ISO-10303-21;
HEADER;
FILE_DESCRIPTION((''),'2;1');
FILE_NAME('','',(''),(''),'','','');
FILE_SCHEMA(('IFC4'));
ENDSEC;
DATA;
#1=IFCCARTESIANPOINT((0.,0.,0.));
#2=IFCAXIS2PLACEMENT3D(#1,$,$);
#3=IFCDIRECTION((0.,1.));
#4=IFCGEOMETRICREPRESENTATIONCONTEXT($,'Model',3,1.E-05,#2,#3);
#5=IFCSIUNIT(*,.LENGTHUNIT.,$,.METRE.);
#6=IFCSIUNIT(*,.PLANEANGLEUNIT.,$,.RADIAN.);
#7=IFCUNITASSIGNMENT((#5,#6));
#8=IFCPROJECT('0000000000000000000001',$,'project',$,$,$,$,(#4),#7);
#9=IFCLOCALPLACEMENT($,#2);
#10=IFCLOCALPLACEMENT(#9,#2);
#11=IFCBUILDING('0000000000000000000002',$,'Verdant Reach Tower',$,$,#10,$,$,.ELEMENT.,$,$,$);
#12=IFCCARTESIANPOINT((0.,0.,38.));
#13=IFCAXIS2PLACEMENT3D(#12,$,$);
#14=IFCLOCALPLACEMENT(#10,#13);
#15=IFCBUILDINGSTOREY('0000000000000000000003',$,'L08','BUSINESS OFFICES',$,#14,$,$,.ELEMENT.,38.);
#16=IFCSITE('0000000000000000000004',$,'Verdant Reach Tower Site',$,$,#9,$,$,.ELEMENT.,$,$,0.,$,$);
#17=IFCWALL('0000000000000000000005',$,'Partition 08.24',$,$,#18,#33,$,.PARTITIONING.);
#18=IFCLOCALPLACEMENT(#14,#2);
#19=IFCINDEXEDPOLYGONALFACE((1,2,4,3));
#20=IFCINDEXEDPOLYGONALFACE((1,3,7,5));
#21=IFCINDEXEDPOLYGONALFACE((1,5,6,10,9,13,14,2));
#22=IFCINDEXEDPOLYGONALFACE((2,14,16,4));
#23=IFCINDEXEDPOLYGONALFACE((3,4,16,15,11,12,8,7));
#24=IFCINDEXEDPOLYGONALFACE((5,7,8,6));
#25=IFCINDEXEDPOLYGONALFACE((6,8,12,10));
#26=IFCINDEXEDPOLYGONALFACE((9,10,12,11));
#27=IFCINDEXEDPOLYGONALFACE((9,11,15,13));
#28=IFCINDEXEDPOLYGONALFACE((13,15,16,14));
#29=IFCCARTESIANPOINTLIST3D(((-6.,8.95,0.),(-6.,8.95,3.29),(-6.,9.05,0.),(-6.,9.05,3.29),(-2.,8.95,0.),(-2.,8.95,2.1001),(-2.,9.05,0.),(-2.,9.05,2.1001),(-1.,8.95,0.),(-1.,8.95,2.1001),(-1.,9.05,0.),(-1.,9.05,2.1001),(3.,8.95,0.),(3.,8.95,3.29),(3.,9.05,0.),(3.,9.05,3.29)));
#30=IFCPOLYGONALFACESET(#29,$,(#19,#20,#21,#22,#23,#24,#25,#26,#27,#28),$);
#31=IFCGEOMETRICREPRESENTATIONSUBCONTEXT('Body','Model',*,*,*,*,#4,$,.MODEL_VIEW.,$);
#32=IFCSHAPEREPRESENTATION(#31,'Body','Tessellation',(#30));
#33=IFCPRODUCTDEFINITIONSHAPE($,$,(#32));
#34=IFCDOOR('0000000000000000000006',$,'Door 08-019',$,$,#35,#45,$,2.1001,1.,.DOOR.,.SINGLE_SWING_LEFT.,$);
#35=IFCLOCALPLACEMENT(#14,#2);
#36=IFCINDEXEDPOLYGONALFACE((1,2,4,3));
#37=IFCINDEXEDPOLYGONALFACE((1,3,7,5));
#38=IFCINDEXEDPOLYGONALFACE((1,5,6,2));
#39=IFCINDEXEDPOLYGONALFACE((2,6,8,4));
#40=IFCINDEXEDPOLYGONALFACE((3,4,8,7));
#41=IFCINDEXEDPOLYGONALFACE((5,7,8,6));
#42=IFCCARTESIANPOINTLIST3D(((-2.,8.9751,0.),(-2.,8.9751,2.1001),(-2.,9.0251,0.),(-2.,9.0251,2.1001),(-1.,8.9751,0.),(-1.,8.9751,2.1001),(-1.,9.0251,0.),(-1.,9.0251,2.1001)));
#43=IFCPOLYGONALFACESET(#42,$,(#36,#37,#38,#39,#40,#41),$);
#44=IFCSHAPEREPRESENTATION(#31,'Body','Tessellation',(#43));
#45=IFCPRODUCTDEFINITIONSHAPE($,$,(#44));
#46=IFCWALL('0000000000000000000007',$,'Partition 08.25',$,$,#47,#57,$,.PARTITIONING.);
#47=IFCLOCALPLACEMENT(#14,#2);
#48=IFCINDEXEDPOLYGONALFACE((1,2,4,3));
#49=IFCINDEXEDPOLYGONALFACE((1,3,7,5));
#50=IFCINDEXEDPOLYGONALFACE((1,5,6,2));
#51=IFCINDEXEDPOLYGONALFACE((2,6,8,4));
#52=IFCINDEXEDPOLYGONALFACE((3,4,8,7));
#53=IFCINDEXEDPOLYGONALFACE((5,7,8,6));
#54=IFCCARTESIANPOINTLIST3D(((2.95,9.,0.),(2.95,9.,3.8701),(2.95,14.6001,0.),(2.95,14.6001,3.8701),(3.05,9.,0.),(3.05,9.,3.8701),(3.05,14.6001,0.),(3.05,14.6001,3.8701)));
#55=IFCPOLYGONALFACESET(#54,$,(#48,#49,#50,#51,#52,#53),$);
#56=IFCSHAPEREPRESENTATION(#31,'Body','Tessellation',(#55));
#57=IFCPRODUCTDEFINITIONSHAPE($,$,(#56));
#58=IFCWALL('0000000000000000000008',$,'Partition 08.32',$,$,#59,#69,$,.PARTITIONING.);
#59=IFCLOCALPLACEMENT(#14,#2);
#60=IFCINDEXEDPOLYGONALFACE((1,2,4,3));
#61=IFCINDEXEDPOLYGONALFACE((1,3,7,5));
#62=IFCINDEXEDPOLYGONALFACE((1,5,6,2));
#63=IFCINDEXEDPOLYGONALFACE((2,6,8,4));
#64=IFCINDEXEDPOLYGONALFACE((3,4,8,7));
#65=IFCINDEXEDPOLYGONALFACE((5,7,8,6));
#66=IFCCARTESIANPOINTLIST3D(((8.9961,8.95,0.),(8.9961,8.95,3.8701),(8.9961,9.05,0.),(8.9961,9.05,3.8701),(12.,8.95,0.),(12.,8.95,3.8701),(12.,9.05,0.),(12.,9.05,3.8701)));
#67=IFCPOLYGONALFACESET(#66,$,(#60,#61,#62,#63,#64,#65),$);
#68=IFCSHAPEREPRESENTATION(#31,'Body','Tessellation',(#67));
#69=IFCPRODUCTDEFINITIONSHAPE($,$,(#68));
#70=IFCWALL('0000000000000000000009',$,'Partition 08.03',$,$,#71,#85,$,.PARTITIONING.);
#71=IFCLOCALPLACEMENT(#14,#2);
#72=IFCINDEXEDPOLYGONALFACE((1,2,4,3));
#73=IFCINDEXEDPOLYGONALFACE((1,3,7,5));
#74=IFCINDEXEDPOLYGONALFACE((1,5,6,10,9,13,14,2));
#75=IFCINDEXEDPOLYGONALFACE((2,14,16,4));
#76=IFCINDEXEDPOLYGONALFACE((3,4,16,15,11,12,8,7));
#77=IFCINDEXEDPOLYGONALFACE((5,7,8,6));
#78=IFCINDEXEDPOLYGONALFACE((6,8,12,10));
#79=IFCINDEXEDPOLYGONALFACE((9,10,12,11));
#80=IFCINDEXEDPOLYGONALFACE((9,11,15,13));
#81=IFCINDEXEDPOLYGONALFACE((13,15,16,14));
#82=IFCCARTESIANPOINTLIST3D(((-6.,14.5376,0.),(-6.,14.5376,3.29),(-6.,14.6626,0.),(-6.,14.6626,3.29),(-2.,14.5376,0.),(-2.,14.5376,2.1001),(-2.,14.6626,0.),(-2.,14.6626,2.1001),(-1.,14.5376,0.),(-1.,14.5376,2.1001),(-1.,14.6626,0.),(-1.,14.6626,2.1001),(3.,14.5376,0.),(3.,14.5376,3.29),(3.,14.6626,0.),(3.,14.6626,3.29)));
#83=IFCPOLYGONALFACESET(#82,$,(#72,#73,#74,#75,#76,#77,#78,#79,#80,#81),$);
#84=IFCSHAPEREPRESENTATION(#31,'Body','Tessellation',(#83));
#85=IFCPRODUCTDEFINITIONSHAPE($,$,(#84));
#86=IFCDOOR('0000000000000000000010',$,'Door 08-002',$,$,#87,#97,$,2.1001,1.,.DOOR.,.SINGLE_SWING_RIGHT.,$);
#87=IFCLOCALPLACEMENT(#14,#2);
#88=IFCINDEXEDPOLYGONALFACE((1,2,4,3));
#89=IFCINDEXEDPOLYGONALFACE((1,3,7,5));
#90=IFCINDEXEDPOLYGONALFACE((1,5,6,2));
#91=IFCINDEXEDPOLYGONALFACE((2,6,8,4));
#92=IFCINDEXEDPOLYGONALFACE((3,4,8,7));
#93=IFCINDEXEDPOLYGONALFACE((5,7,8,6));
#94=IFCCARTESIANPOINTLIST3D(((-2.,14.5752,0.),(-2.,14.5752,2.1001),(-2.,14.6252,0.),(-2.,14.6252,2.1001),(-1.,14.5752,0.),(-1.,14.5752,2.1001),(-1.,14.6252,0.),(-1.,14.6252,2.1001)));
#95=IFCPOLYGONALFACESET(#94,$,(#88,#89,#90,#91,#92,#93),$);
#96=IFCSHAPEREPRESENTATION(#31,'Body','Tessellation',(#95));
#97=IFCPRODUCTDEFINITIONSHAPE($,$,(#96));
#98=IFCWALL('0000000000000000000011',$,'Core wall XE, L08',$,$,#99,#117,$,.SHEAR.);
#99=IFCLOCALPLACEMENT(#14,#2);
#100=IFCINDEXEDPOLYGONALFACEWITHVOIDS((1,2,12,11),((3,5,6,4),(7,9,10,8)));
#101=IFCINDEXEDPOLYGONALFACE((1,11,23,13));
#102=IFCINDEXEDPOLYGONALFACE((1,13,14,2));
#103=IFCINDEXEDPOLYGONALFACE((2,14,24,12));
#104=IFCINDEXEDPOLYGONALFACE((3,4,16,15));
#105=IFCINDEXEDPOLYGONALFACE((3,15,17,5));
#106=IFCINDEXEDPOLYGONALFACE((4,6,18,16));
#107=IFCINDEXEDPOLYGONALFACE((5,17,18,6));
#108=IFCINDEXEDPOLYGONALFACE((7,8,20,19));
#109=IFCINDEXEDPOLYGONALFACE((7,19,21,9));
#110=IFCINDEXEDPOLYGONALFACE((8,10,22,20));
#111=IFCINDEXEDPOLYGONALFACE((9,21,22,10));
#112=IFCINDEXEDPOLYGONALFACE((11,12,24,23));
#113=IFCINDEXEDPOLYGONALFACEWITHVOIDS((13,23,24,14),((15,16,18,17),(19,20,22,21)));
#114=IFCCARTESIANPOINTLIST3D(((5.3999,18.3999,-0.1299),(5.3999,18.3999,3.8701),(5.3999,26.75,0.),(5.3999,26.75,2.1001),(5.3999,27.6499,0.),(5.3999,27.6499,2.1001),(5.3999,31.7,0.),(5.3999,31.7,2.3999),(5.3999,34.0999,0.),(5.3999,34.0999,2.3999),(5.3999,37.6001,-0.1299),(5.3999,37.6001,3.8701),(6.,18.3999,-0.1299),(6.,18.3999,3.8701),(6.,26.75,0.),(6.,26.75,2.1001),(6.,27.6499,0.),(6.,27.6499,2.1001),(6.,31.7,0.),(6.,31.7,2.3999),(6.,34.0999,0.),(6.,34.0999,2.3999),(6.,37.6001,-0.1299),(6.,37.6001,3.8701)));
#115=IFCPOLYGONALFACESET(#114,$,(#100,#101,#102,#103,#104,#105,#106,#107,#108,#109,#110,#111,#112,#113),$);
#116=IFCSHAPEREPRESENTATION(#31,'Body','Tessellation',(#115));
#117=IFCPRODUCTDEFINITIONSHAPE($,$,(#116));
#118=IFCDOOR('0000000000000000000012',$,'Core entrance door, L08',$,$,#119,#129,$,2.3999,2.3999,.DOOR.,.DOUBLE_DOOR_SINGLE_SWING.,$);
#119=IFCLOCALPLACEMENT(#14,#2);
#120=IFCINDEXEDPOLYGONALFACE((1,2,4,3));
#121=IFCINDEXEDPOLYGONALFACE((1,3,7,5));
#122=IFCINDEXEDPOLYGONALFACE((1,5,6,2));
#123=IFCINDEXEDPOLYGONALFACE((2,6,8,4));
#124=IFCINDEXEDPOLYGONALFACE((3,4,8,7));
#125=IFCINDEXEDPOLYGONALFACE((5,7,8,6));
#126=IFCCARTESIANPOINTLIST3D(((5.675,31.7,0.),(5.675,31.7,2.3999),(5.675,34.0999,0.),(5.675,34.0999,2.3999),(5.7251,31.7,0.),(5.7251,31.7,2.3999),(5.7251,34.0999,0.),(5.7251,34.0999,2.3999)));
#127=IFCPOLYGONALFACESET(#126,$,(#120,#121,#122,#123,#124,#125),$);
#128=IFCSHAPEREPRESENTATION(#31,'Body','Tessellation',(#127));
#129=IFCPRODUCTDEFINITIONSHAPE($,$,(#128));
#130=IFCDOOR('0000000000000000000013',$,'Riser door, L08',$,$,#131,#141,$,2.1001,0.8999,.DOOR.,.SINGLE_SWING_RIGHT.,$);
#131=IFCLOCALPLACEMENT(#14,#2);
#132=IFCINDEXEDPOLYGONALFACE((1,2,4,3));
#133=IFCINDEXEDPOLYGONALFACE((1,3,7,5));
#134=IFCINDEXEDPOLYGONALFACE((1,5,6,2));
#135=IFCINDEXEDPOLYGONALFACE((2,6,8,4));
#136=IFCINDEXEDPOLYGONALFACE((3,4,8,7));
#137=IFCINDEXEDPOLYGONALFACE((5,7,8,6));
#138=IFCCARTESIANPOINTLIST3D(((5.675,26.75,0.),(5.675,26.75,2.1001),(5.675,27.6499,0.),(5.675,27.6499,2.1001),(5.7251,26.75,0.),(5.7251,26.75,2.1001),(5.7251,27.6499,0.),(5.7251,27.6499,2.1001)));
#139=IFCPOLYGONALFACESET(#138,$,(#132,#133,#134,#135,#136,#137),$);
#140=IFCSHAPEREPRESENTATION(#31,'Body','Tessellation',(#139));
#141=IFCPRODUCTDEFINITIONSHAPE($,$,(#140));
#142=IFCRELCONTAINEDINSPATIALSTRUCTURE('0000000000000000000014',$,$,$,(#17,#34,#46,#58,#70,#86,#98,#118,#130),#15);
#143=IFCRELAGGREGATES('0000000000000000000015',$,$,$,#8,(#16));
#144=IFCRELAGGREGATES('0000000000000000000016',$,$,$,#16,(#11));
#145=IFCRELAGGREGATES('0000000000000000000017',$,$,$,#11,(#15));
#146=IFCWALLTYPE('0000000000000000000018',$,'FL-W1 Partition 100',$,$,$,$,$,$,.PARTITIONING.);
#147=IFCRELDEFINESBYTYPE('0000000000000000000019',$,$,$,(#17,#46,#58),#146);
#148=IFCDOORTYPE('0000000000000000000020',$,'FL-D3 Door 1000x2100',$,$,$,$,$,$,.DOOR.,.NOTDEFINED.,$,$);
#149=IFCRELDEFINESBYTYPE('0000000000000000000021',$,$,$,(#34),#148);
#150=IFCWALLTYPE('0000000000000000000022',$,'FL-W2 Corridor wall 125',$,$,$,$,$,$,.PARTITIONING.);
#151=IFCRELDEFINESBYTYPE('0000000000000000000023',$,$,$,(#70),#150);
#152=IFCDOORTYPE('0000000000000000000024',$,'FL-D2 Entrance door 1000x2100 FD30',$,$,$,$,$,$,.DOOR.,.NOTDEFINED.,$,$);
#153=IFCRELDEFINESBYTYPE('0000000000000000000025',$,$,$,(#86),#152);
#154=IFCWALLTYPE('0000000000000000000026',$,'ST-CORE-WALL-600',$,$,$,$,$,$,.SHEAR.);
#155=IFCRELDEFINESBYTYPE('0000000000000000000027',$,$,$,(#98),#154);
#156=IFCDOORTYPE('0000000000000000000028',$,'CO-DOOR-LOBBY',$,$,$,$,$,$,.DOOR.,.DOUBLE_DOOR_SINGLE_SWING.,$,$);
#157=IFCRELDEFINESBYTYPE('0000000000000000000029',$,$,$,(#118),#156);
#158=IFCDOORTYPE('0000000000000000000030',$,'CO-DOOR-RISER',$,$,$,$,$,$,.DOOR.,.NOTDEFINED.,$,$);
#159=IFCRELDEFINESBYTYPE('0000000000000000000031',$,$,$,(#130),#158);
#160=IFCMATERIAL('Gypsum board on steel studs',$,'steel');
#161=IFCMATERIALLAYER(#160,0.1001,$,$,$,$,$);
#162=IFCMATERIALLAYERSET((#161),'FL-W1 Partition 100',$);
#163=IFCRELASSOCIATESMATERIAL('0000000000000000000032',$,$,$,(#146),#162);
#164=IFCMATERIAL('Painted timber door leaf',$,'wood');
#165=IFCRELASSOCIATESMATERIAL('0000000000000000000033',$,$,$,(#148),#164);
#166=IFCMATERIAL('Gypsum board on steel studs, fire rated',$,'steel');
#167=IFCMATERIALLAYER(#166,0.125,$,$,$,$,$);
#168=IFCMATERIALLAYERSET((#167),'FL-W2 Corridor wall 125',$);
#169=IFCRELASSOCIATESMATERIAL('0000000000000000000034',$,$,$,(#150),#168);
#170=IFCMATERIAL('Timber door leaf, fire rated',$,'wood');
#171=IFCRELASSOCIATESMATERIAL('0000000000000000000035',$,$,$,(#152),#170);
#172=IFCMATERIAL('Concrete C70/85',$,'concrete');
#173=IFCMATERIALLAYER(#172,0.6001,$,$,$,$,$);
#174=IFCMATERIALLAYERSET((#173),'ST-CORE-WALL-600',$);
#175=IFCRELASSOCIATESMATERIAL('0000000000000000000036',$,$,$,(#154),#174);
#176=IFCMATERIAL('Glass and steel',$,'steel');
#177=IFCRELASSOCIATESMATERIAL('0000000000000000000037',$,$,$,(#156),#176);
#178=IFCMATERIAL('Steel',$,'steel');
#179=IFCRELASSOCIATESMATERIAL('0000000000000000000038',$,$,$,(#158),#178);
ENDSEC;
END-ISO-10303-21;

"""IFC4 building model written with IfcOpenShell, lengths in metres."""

from ifc_helpers import new_model, si_unit, direction, frame, frame_2d, origin, place, context, subcontext, project, spatial, rectangle, extrude, material, layer, layer_set, type_object, element, fill, save


model = new_model("IFC4")

# Units and contexts
model_context = context("Model", 3, precision=1e-05, world=origin(), true_north=direction((0.0, 1.0)))
body_context = subcontext(model_context, "Body", "Model", "MODEL_VIEW")
ifc_project = project(units=[si_unit("LENGTHUNIT", "METRE"), si_unit("PLANEANGLEUNIT", "RADIAN")], contexts=[model_context])

# Site, building, storey
site_placement = place(None, origin())
site = spatial("IfcSite", under=ifc_project, at=site_placement, Name="Verdant Reach Tower Site", CompositionType="ELEMENT", RefElevation=0.0)
building_placement = place(site_placement, origin())
building = spatial("IfcBuilding", under=site, at=building_placement, Name="Verdant Reach Tower", CompositionType="ELEMENT")
storey_placement = place(building_placement, frame((0.0, 0.0, 38.0)))
storey = spatial("IfcBuildingStorey", under=building, at=storey_placement, Name="L08", Description="BUSINESS OFFICES", CompositionType="ELEMENT", Elevation=38.0)

# Shared definitions
ifc_material_1 = material(Name="Gypsum board on steel studs", Category="steel")

# Wall, opening, door
ifc_layer_1 = layer(ifc_material_1, 0.1001)
ifc_layer_set_1 = layer_set([ifc_layer_1], Name="FL-W1 Partition 100")
wall_type_1 = type_object("IfcWallType", Name="FL-W1 Partition 100", PredefinedType="PARTITIONING", material=ifc_layer_set_1)
wall_1_placement = place(storey_placement, frame((3.0, 9.0, 0.0), z_axis=(0.0, 0.0, 1.0), x_axis=(-1.0, 0.0, 0.0)))
wall_1 = element("IfcWall", 1, at=wall_1_placement, inside=storey, type_object=wall_type_1, Name="Partition 08.24", PredefinedType="PARTITIONING", context=body_context, shape_type="SweptSolid", body=[
    extrude(rectangle(XDim=9.0, YDim=0.1001, at=frame_2d((4.5, 0.0))), origin(), (0.0, 0.0, 1.0), 3.29),
])
opening_1_placement = place(wall_1_placement, frame((4.0, 0.0, 0.0)))
opening_1 = element("IfcOpeningElement", 2, at=opening_1_placement, cuts=wall_1, PredefinedType="OPENING", context=body_context, shape_type="SweptSolid", body=[
    extrude(rectangle(XDim=1.0, YDim=2.1001, at=frame_2d((0.5, 1.05))), frame((0.0, 0.0601, 0.0), z_axis=(0.0, -1.0, 0.0), x_axis=(1.0, 0.0, 0.0)), (0.0, 0.0, 1.0), 0.1201),
])
ifc_material_2 = material(Name="Painted timber door leaf", Category="wood")
door_type_1 = type_object("IfcDoorType", Name="FL-D3 Door 1000x2100", OperationType="NOTDEFINED", PredefinedType="DOOR", material=ifc_material_2)
door_1_placement = place(opening_1_placement, origin())
door_1 = element("IfcDoor", 3, at=door_1_placement, inside=storey, type_object=door_type_1, Name="Door 08-019", OperationType="SINGLE_SWING_LEFT", OverallHeight=2.1001, OverallWidth=1.0, PredefinedType="DOOR", context=body_context, shape_type="SweptSolid", body=[
    extrude(rectangle(XDim=1.0, YDim=2.1001, at=frame_2d((0.5, 1.05))), frame((0.0, 0.0249, 0.0), z_axis=(0.0, -1.0, 0.0), x_axis=(1.0, 0.0, 0.0)), (0.0, 0.0, 1.0), 0.05),
])
fill(opening_1, door_1)

# Walls
wall_2_placement = place(storey_placement, frame((3.0, 9.0, 0.0), z_axis=(0.0, 0.0, 1.0), x_axis=(0.0, 1.0, 0.0)))
element("IfcWall", 4, at=wall_2_placement, inside=storey, type_object=wall_type_1, Name="Partition 08.25", PredefinedType="PARTITIONING", context=body_context, shape_type="SweptSolid", body=[
    extrude(rectangle(XDim=5.6001, YDim=0.1001, at=frame_2d((2.8, 0.0))), origin(), (0.0, 0.0, 1.0), 3.8701),
])
wall_3_placement = place(storey_placement, frame((8.9961, 9.0, 0.0), z_axis=(0.0, 0.0, 1.0), x_axis=(1.0, 0.0, 0.0)))
element("IfcWall", 5, at=wall_3_placement, inside=storey, type_object=wall_type_1, Name="Partition 08.32", PredefinedType="PARTITIONING", context=body_context, shape_type="SweptSolid", body=[
    extrude(rectangle(XDim=3.0039, YDim=0.1001, at=frame_2d((1.502, 0.0))), origin(), (0.0, 0.0, 1.0), 3.8701),
])

# Wall, opening, door
ifc_material_3 = material(Name="Gypsum board on steel studs, fire rated", Category="steel")
ifc_layer_2 = layer(ifc_material_3, 0.125)
ifc_layer_set_2 = layer_set([ifc_layer_2], Name="FL-W2 Corridor wall 125")
wall_type_2 = type_object("IfcWallType", Name="FL-W2 Corridor wall 125", PredefinedType="PARTITIONING", material=ifc_layer_set_2)
wall_4_placement = place(storey_placement, frame((3.0, 14.6001, 0.0), z_axis=(0.0, 0.0, 1.0), x_axis=(-1.0, 0.0, 0.0)))
wall_4 = element("IfcWall", 6, at=wall_4_placement, inside=storey, type_object=wall_type_2, Name="Partition 08.03", PredefinedType="PARTITIONING", context=body_context, shape_type="SweptSolid", body=[
    extrude(rectangle(XDim=9.0, YDim=0.125, at=frame_2d((4.5, 0.0))), origin(), (0.0, 0.0, 1.0), 3.29),
])
opening_2_placement = place(wall_4_placement, frame((4.0, 0.0, 0.0)))
opening_2 = element("IfcOpeningElement", 7, at=opening_2_placement, cuts=wall_4, PredefinedType="OPENING", context=body_context, shape_type="SweptSolid", body=[
    extrude(rectangle(XDim=1.0, YDim=2.1001, at=frame_2d((0.5, 1.05))), frame((0.0, 0.0725, 0.0), z_axis=(0.0, -1.0, 0.0), x_axis=(1.0, 0.0, 0.0)), (0.0, 0.0, 1.0), 0.145),
])
ifc_material_4 = material(Name="Timber door leaf, fire rated", Category="wood")
door_type_2 = type_object("IfcDoorType", Name="FL-D2 Entrance door 1000x2100 FD30", OperationType="NOTDEFINED", PredefinedType="DOOR", material=ifc_material_4)
door_2_placement = place(opening_2_placement, origin())
door_2 = element("IfcDoor", 8, at=door_2_placement, inside=storey, type_object=door_type_2, Name="Door 08-002", OperationType="SINGLE_SWING_RIGHT", OverallHeight=2.1001, OverallWidth=1.0, PredefinedType="DOOR", context=body_context, shape_type="SweptSolid", body=[
    extrude(rectangle(XDim=1.0, YDim=2.1001, at=frame_2d((0.5, 1.05))), frame((0.0, 0.0249, 0.0), z_axis=(0.0, -1.0, 0.0), x_axis=(1.0, 0.0, 0.0)), (0.0, 0.0, 1.0), 0.05),
])
fill(opening_2, door_2)

# Wall, openings, doors
ifc_material_5 = material(Name="Concrete C70/85", Category="concrete")
ifc_layer_3 = layer(ifc_material_5, 0.6001)
ifc_layer_set_3 = layer_set([ifc_layer_3], Name="ST-CORE-WALL-600")
wall_type_3 = type_object("IfcWallType", Name="ST-CORE-WALL-600", PredefinedType="SHEAR", material=ifc_layer_set_3)
wall_5_placement = place(storey_placement, frame((5.7, 18.3999, -0.1299), z_axis=(0.0, 0.0, 1.0), x_axis=(0.0, 1.0, 0.0)))
wall_5 = element("IfcWall", 9, at=wall_5_placement, inside=storey, type_object=wall_type_3, Name="Core wall XE, L08", PredefinedType="SHEAR", context=body_context, shape_type="SweptSolid", body=[
    extrude(rectangle(XDim=19.2002, YDim=0.6001, at=frame_2d((9.6001, 0.0))), origin(), (0.0, 0.0, 1.0), 4.0),
])
opening_3_placement = place(wall_5_placement, frame((8.3501, 0.0, 0.1299)))
opening_3 = element("IfcOpeningElement", 10, at=opening_3_placement, cuts=wall_5, PredefinedType="OPENING", context=body_context, shape_type="SweptSolid", body=[
    extrude(rectangle(XDim=0.8999, YDim=2.1001, at=frame_2d((0.45, 1.05))), frame((0.0, 0.3101, 0.0), z_axis=(0.0, -1.0, 0.0), x_axis=(1.0, 0.0, 0.0)), (0.0, 0.0, 1.0), 0.6201),
])
opening_4_placement = place(wall_5_placement, frame((13.3, 0.0, 0.1299)))
opening_4 = element("IfcOpeningElement", 11, at=opening_4_placement, cuts=wall_5, PredefinedType="OPENING", context=body_context, shape_type="SweptSolid", body=[
    extrude(rectangle(XDim=2.3999, YDim=2.3999, at=frame_2d((1.2, 1.2))), frame((0.0, 0.3101, 0.0), z_axis=(0.0, -1.0, 0.0), x_axis=(1.0, 0.0, 0.0)), (0.0, 0.0, 1.0), 0.6201),
])
ifc_material_6 = material(Name="Glass and steel", Category="steel")
door_type_3 = type_object("IfcDoorType", Name="CO-DOOR-LOBBY", OperationType="DOUBLE_DOOR_SINGLE_SWING", PredefinedType="DOOR", material=ifc_material_6)
door_3_placement = place(opening_4_placement, origin())
door_3 = element("IfcDoor", 12, at=door_3_placement, inside=storey, type_object=door_type_3, Name="Core entrance door, L08", OperationType="DOUBLE_DOOR_SINGLE_SWING", OverallHeight=2.3999, OverallWidth=2.3999, PredefinedType="DOOR", context=body_context, shape_type="SweptSolid", body=[
    extrude(rectangle(XDim=2.3999, YDim=2.3999, at=frame_2d((1.2, 1.2))), frame((0.0, 0.0249, 0.0), z_axis=(0.0, -1.0, 0.0), x_axis=(1.0, 0.0, 0.0)), (0.0, 0.0, 1.0), 0.05),
])
fill(opening_4, door_3)
ifc_material_7 = material(Name="Steel", Category="steel")
door_type_4 = type_object("IfcDoorType", Name="CO-DOOR-RISER", OperationType="NOTDEFINED", PredefinedType="DOOR", material=ifc_material_7)
door_4_placement = place(opening_3_placement, origin())
door_4 = element("IfcDoor", 13, at=door_4_placement, inside=storey, type_object=door_type_4, Name="Riser door, L08", OperationType="SINGLE_SWING_RIGHT", OverallHeight=2.1001, OverallWidth=0.8999, PredefinedType="DOOR", context=body_context, shape_type="SweptSolid", body=[
    extrude(rectangle(XDim=0.8999, YDim=2.1001, at=frame_2d((0.45, 1.05))), frame((0.0, 0.0249, 0.0), z_axis=(0.0, -1.0, 0.0), x_axis=(1.0, 0.0, 0.0)), (0.0, 0.0, 1.0), 0.05),
])
fill(opening_3, door_4)

save(model, "model.ifc")
